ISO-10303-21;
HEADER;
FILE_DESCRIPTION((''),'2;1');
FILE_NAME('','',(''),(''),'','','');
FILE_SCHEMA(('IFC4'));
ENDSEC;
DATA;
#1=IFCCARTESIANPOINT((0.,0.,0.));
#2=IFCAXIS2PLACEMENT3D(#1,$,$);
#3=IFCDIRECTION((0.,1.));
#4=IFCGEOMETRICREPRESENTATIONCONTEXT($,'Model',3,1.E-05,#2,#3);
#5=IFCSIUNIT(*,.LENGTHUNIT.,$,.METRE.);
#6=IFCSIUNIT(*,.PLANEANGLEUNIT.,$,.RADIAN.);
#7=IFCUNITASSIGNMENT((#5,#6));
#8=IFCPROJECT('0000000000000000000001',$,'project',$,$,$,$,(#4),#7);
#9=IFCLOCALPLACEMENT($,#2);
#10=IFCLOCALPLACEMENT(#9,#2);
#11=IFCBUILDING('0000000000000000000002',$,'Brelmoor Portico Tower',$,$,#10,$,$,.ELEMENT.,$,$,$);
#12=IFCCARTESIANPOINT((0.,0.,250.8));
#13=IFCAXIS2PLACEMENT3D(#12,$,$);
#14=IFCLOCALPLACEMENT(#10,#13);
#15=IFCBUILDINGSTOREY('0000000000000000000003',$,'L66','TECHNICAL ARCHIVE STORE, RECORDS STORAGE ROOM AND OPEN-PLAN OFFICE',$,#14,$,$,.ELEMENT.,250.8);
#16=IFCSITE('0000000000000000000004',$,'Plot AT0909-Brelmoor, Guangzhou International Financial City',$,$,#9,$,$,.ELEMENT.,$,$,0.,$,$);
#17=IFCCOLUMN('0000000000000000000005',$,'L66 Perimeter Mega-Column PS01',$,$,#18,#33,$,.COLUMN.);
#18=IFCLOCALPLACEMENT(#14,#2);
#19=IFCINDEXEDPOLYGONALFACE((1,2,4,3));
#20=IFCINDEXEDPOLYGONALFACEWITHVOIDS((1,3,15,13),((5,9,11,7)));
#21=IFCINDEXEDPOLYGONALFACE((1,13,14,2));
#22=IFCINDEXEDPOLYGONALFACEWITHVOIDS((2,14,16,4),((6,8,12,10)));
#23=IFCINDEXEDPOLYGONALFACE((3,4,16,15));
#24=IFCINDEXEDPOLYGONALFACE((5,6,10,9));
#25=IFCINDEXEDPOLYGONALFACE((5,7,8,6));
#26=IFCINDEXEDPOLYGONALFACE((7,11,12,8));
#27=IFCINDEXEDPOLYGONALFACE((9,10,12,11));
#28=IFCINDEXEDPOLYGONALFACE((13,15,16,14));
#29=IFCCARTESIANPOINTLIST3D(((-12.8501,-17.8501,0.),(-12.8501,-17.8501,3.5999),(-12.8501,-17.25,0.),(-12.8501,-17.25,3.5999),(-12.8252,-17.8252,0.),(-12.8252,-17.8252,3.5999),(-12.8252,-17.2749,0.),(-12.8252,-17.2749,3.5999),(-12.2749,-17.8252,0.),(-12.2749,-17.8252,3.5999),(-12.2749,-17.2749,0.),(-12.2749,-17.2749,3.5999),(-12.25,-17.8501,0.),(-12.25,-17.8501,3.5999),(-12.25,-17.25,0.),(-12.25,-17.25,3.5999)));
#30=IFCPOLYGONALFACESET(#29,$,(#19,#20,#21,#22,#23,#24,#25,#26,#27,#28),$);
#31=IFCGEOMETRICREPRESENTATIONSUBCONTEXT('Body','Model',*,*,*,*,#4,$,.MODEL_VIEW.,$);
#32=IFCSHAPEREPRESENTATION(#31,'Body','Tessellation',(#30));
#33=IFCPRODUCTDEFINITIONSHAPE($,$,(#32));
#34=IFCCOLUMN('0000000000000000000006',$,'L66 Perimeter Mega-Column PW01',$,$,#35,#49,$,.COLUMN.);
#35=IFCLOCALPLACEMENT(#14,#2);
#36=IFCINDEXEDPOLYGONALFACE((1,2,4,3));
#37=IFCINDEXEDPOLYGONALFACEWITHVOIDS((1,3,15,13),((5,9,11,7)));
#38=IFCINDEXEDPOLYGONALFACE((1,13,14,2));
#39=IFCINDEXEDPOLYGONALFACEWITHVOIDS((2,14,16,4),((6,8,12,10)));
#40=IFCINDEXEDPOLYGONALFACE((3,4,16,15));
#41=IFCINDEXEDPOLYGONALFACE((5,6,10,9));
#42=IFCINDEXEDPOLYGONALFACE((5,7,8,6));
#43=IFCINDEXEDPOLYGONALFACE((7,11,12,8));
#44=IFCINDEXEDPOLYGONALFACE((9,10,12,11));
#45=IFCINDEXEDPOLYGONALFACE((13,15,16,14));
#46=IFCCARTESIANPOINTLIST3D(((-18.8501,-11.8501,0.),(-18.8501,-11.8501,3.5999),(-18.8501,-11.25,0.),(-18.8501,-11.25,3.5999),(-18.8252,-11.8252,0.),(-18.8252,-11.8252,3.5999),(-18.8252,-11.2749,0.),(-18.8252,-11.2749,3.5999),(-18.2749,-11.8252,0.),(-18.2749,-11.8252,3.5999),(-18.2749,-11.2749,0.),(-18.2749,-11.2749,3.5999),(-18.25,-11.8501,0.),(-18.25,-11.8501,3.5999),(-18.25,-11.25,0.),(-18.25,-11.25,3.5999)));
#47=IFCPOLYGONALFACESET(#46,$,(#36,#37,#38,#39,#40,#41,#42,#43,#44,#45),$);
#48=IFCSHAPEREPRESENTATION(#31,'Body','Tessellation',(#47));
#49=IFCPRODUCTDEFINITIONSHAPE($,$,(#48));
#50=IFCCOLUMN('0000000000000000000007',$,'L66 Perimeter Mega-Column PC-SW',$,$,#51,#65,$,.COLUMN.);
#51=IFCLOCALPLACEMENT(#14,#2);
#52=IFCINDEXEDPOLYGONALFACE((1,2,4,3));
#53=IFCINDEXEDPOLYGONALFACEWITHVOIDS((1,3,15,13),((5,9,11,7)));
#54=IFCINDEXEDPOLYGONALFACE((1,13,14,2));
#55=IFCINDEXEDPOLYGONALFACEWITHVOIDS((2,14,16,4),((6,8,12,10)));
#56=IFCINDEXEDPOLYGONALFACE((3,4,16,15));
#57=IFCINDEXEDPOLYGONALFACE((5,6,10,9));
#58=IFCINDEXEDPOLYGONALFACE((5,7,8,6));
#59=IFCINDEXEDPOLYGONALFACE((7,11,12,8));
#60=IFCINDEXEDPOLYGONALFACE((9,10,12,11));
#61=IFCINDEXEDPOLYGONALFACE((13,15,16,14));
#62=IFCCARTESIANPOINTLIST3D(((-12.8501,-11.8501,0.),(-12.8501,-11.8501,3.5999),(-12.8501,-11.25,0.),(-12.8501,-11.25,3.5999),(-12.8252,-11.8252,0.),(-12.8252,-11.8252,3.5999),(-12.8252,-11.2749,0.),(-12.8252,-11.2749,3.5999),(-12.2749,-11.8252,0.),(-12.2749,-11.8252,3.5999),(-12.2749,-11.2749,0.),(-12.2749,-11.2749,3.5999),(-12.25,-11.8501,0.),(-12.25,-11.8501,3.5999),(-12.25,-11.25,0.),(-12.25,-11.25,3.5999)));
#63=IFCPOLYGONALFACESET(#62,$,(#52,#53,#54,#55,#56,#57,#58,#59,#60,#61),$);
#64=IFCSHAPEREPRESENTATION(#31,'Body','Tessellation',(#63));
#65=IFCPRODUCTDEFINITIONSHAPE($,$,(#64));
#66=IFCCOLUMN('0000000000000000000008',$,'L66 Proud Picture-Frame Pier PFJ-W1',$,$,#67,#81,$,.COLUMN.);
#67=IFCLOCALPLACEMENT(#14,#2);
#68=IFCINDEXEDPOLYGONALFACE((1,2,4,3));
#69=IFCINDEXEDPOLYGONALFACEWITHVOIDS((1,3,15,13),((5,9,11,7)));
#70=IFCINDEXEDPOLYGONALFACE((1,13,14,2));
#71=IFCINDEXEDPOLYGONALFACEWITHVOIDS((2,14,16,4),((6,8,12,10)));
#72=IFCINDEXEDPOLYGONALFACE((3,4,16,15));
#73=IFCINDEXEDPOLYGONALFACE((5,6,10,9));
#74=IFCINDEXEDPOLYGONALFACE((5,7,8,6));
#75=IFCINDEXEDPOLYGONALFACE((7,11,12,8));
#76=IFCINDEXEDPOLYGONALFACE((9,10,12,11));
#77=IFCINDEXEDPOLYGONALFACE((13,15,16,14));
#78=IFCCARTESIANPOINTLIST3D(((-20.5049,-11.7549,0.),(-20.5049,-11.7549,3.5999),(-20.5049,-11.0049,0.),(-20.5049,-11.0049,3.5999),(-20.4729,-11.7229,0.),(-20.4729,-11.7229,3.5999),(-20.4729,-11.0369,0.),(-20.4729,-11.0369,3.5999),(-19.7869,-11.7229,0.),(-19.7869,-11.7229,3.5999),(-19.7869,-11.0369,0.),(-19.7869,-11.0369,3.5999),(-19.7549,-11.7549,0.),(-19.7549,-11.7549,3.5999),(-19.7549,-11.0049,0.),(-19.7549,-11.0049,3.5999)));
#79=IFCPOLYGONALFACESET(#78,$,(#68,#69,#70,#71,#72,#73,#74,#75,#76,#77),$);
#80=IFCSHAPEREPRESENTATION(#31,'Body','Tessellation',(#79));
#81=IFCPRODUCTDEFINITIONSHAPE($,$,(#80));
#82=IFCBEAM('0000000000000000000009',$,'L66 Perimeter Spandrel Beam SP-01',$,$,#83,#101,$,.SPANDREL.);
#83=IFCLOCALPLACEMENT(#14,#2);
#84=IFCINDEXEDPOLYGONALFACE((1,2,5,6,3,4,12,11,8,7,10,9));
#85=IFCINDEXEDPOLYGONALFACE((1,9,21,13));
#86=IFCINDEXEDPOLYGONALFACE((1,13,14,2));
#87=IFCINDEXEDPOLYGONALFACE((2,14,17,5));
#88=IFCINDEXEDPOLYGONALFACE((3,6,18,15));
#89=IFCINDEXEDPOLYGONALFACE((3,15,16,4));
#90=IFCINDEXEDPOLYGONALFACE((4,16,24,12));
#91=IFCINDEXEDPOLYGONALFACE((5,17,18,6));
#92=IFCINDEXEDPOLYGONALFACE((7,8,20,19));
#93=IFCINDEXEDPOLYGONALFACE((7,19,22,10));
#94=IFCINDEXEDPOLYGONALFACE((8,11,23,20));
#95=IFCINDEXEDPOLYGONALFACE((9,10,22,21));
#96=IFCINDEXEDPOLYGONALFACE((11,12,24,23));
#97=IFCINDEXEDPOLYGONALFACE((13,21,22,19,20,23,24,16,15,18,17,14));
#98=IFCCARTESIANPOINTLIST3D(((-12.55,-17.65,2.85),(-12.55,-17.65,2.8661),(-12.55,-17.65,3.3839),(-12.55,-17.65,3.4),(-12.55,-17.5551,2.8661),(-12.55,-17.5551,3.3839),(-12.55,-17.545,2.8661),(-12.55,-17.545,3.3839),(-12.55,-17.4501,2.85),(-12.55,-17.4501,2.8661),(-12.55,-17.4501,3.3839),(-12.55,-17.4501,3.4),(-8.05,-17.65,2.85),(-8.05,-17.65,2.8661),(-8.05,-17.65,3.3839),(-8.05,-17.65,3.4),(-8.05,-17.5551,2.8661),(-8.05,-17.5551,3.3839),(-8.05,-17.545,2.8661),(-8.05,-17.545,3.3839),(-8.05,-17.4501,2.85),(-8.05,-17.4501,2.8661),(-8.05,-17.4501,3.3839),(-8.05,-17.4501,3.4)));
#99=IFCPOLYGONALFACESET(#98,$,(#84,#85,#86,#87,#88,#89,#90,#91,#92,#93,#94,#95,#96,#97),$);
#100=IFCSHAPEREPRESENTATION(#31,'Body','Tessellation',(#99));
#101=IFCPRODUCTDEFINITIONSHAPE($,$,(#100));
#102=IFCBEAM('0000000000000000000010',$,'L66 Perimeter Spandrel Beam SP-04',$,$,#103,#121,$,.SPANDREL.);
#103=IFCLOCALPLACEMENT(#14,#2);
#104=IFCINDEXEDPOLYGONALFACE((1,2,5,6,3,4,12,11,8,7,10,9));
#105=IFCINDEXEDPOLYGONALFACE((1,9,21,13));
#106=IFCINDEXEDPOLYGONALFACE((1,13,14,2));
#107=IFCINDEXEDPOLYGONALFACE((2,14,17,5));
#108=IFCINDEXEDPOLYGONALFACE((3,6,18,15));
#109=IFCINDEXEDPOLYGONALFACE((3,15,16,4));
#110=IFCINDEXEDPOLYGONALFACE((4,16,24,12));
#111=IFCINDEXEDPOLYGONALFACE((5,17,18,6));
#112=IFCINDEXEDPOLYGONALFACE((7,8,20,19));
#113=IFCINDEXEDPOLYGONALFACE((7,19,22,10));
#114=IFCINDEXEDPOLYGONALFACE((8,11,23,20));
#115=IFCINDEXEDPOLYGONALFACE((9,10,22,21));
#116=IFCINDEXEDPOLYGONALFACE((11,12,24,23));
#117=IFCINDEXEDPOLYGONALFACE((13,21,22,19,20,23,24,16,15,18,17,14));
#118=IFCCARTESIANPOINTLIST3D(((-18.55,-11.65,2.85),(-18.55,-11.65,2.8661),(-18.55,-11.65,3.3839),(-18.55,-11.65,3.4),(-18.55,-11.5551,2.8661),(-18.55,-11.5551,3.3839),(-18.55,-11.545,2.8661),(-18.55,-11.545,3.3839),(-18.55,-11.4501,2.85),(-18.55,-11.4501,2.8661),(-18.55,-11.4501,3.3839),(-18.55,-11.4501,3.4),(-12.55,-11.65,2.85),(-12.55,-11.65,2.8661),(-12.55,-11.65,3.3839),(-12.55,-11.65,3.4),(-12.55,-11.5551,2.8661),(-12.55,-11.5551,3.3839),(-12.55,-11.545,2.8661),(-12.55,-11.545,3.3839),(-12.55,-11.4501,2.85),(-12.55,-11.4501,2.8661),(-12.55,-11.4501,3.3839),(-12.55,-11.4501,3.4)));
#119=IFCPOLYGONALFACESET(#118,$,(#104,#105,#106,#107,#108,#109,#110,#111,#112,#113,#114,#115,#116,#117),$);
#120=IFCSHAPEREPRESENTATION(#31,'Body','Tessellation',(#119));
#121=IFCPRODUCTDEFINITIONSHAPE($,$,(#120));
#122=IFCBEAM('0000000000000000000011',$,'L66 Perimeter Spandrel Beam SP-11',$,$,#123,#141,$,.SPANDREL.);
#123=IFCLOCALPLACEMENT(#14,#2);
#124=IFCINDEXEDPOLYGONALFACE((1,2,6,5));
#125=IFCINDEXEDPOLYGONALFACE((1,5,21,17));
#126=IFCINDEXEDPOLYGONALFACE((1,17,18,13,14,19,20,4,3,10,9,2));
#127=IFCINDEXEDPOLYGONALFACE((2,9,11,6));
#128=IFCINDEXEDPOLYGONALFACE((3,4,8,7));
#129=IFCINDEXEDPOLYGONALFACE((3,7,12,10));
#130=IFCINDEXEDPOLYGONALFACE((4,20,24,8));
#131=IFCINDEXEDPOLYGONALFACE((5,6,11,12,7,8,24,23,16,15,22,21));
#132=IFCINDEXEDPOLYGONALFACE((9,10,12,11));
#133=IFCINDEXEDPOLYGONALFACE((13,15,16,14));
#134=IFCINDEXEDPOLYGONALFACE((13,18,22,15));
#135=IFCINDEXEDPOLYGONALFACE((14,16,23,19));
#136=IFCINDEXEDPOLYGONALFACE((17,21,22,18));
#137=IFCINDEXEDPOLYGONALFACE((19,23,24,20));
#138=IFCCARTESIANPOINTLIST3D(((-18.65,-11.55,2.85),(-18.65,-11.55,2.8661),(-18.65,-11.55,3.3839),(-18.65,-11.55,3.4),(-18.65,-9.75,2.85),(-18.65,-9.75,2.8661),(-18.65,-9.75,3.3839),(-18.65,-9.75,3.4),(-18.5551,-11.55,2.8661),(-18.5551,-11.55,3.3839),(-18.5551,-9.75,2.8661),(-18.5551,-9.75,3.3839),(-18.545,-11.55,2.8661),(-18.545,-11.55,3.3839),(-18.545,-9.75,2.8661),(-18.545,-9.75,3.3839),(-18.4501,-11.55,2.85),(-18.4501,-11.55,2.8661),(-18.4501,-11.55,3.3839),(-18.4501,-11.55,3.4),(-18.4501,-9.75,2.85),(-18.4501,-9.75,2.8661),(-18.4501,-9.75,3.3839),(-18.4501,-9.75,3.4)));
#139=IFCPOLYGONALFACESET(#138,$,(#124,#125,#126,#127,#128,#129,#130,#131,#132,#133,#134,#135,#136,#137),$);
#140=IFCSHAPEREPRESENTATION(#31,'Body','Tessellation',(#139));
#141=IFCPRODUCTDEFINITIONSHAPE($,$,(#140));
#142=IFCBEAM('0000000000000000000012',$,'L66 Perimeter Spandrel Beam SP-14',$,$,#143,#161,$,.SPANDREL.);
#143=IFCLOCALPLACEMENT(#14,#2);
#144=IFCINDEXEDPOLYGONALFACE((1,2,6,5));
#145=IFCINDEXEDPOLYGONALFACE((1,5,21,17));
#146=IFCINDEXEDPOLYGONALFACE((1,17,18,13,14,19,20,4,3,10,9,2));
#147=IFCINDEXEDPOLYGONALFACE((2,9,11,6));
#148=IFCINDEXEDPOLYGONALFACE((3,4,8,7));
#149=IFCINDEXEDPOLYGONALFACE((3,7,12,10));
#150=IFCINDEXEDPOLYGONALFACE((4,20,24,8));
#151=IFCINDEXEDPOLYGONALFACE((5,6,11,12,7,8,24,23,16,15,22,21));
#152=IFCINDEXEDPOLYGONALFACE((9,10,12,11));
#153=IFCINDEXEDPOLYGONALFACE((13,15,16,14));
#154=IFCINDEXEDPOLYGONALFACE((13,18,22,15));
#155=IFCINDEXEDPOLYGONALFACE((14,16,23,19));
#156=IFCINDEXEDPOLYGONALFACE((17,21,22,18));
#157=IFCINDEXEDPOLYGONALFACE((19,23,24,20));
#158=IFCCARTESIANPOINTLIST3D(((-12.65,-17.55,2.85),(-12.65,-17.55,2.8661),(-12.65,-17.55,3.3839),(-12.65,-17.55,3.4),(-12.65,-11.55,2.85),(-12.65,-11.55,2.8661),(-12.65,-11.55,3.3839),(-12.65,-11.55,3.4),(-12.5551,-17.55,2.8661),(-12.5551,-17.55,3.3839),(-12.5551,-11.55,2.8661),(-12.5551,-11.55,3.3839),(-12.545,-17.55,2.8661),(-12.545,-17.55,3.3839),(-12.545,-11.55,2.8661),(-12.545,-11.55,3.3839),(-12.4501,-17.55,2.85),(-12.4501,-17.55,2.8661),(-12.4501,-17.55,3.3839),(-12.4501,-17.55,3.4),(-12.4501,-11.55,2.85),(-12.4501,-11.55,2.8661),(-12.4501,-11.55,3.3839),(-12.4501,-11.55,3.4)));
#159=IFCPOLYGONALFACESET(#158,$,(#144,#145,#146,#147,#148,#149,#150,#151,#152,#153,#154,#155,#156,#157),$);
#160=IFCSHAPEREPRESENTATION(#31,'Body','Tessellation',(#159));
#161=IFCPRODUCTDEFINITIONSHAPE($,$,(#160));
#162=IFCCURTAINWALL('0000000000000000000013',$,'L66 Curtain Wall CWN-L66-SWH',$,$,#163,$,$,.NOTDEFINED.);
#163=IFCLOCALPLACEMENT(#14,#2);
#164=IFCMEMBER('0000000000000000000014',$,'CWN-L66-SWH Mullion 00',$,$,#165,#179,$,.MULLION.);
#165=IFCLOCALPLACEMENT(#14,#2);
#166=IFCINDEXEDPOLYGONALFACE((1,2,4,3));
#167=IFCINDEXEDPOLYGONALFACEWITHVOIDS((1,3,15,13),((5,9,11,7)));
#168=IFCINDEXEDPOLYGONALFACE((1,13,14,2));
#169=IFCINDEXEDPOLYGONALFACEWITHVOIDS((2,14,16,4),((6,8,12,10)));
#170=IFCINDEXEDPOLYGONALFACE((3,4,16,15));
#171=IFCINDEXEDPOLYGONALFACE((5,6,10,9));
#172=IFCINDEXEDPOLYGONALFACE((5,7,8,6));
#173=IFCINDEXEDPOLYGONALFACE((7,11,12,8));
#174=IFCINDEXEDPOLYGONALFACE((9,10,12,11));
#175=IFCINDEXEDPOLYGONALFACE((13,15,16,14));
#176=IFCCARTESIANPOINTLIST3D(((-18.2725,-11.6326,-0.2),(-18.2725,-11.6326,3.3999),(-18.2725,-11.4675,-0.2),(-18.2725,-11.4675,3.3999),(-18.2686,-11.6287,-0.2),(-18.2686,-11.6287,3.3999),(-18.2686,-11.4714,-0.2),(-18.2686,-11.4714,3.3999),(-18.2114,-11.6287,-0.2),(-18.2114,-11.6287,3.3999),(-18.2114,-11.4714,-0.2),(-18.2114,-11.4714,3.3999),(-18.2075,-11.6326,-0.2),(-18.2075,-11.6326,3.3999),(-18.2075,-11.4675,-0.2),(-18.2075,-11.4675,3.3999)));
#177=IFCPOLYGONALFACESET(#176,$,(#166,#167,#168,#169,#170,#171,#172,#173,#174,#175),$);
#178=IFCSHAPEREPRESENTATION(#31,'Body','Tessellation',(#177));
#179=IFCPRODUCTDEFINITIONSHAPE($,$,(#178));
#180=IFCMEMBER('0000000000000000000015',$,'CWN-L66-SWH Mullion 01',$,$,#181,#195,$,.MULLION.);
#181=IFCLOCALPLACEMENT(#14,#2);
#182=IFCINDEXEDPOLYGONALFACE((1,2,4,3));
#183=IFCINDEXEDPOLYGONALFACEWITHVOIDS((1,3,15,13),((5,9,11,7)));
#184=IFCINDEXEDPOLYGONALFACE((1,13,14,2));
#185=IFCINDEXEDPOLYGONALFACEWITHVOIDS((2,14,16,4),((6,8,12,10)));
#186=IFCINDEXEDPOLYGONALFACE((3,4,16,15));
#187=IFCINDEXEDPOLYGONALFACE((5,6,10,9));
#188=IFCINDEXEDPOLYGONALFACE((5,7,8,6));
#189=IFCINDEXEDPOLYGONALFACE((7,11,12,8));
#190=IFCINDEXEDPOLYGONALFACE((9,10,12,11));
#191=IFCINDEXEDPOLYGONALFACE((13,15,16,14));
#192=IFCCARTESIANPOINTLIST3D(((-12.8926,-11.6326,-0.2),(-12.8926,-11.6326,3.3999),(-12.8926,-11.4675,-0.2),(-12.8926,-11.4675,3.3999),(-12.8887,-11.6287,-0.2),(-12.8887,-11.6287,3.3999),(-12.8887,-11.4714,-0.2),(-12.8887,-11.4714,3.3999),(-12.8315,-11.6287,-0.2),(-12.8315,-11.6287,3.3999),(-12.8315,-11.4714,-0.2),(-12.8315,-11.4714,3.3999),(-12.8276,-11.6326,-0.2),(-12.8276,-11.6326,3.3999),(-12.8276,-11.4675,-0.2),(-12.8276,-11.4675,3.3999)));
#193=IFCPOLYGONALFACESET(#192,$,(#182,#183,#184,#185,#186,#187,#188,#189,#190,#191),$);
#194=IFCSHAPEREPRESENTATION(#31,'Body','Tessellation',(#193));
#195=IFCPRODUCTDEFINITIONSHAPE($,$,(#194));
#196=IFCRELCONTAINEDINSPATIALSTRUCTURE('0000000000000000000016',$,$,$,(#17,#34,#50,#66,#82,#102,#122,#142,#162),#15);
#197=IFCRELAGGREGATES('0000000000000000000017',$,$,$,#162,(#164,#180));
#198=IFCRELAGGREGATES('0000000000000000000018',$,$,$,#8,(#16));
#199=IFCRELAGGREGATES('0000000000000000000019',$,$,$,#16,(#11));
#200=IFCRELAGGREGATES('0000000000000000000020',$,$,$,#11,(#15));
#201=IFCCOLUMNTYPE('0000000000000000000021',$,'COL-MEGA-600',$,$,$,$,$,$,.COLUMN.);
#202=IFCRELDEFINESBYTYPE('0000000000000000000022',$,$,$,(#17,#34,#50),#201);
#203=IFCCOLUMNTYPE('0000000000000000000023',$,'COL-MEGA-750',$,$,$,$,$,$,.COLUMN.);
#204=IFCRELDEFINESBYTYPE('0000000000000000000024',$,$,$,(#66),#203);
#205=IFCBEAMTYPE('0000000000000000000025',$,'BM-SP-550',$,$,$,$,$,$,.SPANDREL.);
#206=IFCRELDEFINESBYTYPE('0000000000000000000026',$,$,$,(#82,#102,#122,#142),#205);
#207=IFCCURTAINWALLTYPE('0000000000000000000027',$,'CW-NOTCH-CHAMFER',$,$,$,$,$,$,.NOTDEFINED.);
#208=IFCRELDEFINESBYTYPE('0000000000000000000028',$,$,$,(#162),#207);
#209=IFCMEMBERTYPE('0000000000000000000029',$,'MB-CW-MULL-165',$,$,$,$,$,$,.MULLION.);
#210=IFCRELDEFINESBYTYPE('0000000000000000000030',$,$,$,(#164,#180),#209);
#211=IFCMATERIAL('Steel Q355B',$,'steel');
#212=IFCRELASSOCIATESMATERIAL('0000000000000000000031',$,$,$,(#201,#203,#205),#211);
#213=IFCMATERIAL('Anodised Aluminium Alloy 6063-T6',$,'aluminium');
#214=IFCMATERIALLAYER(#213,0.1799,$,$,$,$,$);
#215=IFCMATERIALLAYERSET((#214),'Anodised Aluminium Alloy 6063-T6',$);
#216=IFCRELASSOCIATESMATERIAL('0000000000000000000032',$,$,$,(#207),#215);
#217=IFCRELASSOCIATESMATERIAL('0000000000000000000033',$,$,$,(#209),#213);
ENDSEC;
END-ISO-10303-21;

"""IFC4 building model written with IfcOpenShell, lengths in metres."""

from ifc_helpers import new_model, si_unit, direction, frame, origin, origin_2d, place, context, subcontext, project, spatial, hollow_rectangle, i_section, extrude, material, layer, layer_set, material_profile, profile_set, type_object, element, aggregate, save


model = new_model("IFC4")

# Units and contexts
model_context = context("Model", 3, precision=1e-05, world=origin(), true_north=direction((0.0, 1.0)))
body_context = subcontext(model_context, "Body", "Model", "MODEL_VIEW")
ifc_project = project(units=[si_unit("LENGTHUNIT", "METRE"), si_unit("PLANEANGLEUNIT", "RADIAN")], contexts=[model_context])

# Site, building, storey
site_placement = place(None, origin())
site = spatial("IfcSite", under=ifc_project, at=site_placement, Name="Plot AT0909-Brelmoor, Guangzhou International Financial City", CompositionType="ELEMENT", RefElevation=0.0)
building_placement = place(site_placement, origin())
building = spatial("IfcBuilding", under=site, at=building_placement, Name="Brelmoor Portico Tower", CompositionType="ELEMENT")
storey_placement = place(building_placement, frame((0.0, 0.0, 250.8)))
storey = spatial("IfcBuildingStorey", under=building, at=storey_placement, Name="L66", Description="TECHNICAL ARCHIVE STORE, RECORDS STORAGE ROOM AND OPEN-PLAN OFFICE", CompositionType="ELEMENT", Elevation=250.8)

# Columns
ifc_material_1 = material(Name="Steel Q355B", Category="steel")
ifc_material_profile_1 = material_profile(ifc_material_1, hollow_rectangle(XDim=0.6001, YDim=0.6001, WallThickness=0.0249, at=origin_2d()), Name="BOX 600x600x25")
ifc_profile_set_1 = profile_set([ifc_material_profile_1], Name="Steel Q355B")
column_type_1 = type_object("IfcColumnType", Name="COL-MEGA-600", PredefinedType="COLUMN", material=ifc_profile_set_1)
for number, where, z_axis, x_axis, name in (
    (1, (-12.55, -17.55, 0.0), (0.0, 0.0, 1.0), (1.0, 0.0, 0.0), "L66 Perimeter Mega-Column PS01"),
    (2, (-18.55, -11.55, 0.0), (0.0, 0.0, 1.0), (0.0, 1.0, 0.0), "L66 Perimeter Mega-Column PW01"),
    (3, (-12.55, -11.55, 0.0), (0.0, 0.0, 1.0), (1.0, 0.0, 0.0), "L66 Perimeter Mega-Column PC-SW"),
):
    element("IfcColumn", number, at=place(storey_placement, frame(where, z_axis=z_axis, x_axis=x_axis)), inside=storey, type_object=column_type_1, Name=name, PredefinedType="COLUMN", context=body_context, shape_type="SweptSolid", body=[
        extrude(hollow_rectangle(XDim=0.6001, YDim=0.6001, WallThickness=0.0249, at=origin_2d()), origin(), (0.0, 0.0, 1.0), 3.5999),
    ])
ifc_material_profile_2 = material_profile(ifc_material_1, hollow_rectangle(XDim=0.75, YDim=0.75, WallThickness=0.032, at=origin_2d()), Name="BOX 750x750x32")
ifc_profile_set_2 = profile_set([ifc_material_profile_2], Name="Steel Q355B")
column_type_2 = type_object("IfcColumnType", Name="COL-MEGA-750", PredefinedType="COLUMN", material=ifc_profile_set_2)
column_placement = place(storey_placement, frame((-20.1299, -11.3799, 0.0), z_axis=(0.0, 0.0, 1.0), x_axis=(0.0, 1.0, 0.0)))
element("IfcColumn", 4, at=column_placement, inside=storey, type_object=column_type_2, Name="L66 Proud Picture-Frame Pier PFJ-W1", PredefinedType="COLUMN", context=body_context, shape_type="SweptSolid", body=[
    extrude(hollow_rectangle(XDim=0.75, YDim=0.75, WallThickness=0.032, at=origin_2d()), origin(), (0.0, 0.0, 1.0), 3.5999),
])

# Beams
ifc_material_profile_3 = material_profile(ifc_material_1, i_section(OverallWidth=0.2, OverallDepth=0.55, WebThickness=0.01, FlangeThickness=0.0161, at=origin_2d()), Name="HN 550x200x10x16")
ifc_profile_set_3 = profile_set([ifc_material_profile_3], Name="Steel Q355B")
beam_type = type_object("IfcBeamType", Name="BM-SP-550", PredefinedType="SPANDREL", material=ifc_profile_set_3)
beam_1_placement = place(storey_placement, frame((-12.55, -17.55, 3.125), z_axis=(1.0, 0.0, 0.0), x_axis=(0.0, 1.0, 0.0)))
element("IfcBeam", 5, at=beam_1_placement, inside=storey, type_object=beam_type, Name="L66 Perimeter Spandrel Beam SP-01", PredefinedType="SPANDREL", context=body_context, shape_type="SweptSolid", body=[
    extrude(i_section(OverallWidth=0.2, OverallDepth=0.55, WebThickness=0.01, FlangeThickness=0.0161, at=origin_2d()), origin(), (0.0, 0.0, 1.0), 4.5),
])
beam_2_placement = place(storey_placement, frame((-18.55, -11.55, 3.125), z_axis=(1.0, 0.0, 0.0), x_axis=(0.0, 1.0, 0.0)))
element("IfcBeam", 6, at=beam_2_placement, inside=storey, type_object=beam_type, Name="L66 Perimeter Spandrel Beam SP-04", PredefinedType="SPANDREL", context=body_context, shape_type="SweptSolid", body=[
    extrude(i_section(OverallWidth=0.2, OverallDepth=0.55, WebThickness=0.01, FlangeThickness=0.0161, at=origin_2d()), origin(), (0.0, 0.0, 1.0), 6.0),
])
beam_3_placement = place(storey_placement, frame((-18.55, -11.55, 3.125), z_axis=(0.0, 1.0, 0.0), x_axis=(-1.0, 0.0, 0.0)))
element("IfcBeam", 7, at=beam_3_placement, inside=storey, type_object=beam_type, Name="L66 Perimeter Spandrel Beam SP-11", PredefinedType="SPANDREL", context=body_context, shape_type="SweptSolid", body=[
    extrude(i_section(OverallWidth=0.2, OverallDepth=0.55, WebThickness=0.01, FlangeThickness=0.0161, at=origin_2d()), origin(), (0.0, 0.0, 1.0), 1.8),
])
beam_4_placement = place(storey_placement, frame((-12.55, -17.55, 3.125), z_axis=(0.0, 1.0, 0.0), x_axis=(-1.0, 0.0, 0.0)))
element("IfcBeam", 8, at=beam_4_placement, inside=storey, type_object=beam_type, Name="L66 Perimeter Spandrel Beam SP-14", PredefinedType="SPANDREL", context=body_context, shape_type="SweptSolid", body=[
    extrude(i_section(OverallWidth=0.2, OverallDepth=0.55, WebThickness=0.01, FlangeThickness=0.0161, at=origin_2d()), origin(), (0.0, 0.0, 1.0), 6.0),
])

# Curtain wall, members
ifc_material_2 = material(Name="Anodised Aluminium Alloy 6063-T6", Category="aluminium")
ifc_layer_1 = layer(ifc_material_2, 0.1799)
ifc_layer_set_1 = layer_set([ifc_layer_1], Name="Anodised Aluminium Alloy 6063-T6")
curtain_wall_type = type_object("IfcCurtainWallType", Name="CW-NOTCH-CHAMFER", PredefinedType="NOTDEFINED", material=ifc_layer_set_1)
curtain_wall_1_placement = place(storey_placement, origin())
curtain_wall_1 = element("IfcCurtainWall", 9, at=curtain_wall_1_placement, inside=storey, type_object=curtain_wall_type, Name="L66 Curtain Wall CWN-L66-SWH", PredefinedType="NOTDEFINED")
ifc_material_profile_4 = material_profile(ifc_material_2, hollow_rectangle(XDim=0.0649, YDim=0.165, WallThickness=0.0039, at=origin_2d()), Name="ALU MULLION 65x165")
ifc_profile_set_4 = profile_set([ifc_material_profile_4], Name="Anodised Aluminium Alloy 6063-T6")
member_type_1 = type_object("IfcMemberType", Name="MB-CW-MULL-165", PredefinedType="MULLION", material=ifc_profile_set_4)
member_1_placement = place(storey_placement, frame((-18.24, -11.55, -0.2), z_axis=(0.0, 0.0, 1.0), x_axis=(1.0, 0.0, 0.0)))
member_1 = element("IfcMember", 10, at=member_1_placement, type_object=member_type_1, Name="CWN-L66-SWH Mullion 00", PredefinedType="MULLION", context=body_context, shape_type="SweptSolid", body=[
    extrude(hollow_rectangle(XDim=0.0649, YDim=0.165, WallThickness=0.0039, at=origin_2d()), origin(), (0.0, 0.0, 1.0), 3.5999),
])
member_2_placement = place(storey_placement, frame((-12.8601, -11.55, -0.2), z_axis=(0.0, 0.0, 1.0), x_axis=(1.0, 0.0, 0.0)))
member_2 = element("IfcMember", 11, at=member_2_placement, type_object=member_type_1, Name="CWN-L66-SWH Mullion 01", PredefinedType="MULLION", context=body_context, shape_type="SweptSolid", body=[
    extrude(hollow_rectangle(XDim=0.0649, YDim=0.165, WallThickness=0.0039, at=origin_2d()), origin(), (0.0, 0.0, 1.0), 3.5999),
])

aggregate(curtain_wall_1, [member_1, member_2])

save(model, "model.ifc")
